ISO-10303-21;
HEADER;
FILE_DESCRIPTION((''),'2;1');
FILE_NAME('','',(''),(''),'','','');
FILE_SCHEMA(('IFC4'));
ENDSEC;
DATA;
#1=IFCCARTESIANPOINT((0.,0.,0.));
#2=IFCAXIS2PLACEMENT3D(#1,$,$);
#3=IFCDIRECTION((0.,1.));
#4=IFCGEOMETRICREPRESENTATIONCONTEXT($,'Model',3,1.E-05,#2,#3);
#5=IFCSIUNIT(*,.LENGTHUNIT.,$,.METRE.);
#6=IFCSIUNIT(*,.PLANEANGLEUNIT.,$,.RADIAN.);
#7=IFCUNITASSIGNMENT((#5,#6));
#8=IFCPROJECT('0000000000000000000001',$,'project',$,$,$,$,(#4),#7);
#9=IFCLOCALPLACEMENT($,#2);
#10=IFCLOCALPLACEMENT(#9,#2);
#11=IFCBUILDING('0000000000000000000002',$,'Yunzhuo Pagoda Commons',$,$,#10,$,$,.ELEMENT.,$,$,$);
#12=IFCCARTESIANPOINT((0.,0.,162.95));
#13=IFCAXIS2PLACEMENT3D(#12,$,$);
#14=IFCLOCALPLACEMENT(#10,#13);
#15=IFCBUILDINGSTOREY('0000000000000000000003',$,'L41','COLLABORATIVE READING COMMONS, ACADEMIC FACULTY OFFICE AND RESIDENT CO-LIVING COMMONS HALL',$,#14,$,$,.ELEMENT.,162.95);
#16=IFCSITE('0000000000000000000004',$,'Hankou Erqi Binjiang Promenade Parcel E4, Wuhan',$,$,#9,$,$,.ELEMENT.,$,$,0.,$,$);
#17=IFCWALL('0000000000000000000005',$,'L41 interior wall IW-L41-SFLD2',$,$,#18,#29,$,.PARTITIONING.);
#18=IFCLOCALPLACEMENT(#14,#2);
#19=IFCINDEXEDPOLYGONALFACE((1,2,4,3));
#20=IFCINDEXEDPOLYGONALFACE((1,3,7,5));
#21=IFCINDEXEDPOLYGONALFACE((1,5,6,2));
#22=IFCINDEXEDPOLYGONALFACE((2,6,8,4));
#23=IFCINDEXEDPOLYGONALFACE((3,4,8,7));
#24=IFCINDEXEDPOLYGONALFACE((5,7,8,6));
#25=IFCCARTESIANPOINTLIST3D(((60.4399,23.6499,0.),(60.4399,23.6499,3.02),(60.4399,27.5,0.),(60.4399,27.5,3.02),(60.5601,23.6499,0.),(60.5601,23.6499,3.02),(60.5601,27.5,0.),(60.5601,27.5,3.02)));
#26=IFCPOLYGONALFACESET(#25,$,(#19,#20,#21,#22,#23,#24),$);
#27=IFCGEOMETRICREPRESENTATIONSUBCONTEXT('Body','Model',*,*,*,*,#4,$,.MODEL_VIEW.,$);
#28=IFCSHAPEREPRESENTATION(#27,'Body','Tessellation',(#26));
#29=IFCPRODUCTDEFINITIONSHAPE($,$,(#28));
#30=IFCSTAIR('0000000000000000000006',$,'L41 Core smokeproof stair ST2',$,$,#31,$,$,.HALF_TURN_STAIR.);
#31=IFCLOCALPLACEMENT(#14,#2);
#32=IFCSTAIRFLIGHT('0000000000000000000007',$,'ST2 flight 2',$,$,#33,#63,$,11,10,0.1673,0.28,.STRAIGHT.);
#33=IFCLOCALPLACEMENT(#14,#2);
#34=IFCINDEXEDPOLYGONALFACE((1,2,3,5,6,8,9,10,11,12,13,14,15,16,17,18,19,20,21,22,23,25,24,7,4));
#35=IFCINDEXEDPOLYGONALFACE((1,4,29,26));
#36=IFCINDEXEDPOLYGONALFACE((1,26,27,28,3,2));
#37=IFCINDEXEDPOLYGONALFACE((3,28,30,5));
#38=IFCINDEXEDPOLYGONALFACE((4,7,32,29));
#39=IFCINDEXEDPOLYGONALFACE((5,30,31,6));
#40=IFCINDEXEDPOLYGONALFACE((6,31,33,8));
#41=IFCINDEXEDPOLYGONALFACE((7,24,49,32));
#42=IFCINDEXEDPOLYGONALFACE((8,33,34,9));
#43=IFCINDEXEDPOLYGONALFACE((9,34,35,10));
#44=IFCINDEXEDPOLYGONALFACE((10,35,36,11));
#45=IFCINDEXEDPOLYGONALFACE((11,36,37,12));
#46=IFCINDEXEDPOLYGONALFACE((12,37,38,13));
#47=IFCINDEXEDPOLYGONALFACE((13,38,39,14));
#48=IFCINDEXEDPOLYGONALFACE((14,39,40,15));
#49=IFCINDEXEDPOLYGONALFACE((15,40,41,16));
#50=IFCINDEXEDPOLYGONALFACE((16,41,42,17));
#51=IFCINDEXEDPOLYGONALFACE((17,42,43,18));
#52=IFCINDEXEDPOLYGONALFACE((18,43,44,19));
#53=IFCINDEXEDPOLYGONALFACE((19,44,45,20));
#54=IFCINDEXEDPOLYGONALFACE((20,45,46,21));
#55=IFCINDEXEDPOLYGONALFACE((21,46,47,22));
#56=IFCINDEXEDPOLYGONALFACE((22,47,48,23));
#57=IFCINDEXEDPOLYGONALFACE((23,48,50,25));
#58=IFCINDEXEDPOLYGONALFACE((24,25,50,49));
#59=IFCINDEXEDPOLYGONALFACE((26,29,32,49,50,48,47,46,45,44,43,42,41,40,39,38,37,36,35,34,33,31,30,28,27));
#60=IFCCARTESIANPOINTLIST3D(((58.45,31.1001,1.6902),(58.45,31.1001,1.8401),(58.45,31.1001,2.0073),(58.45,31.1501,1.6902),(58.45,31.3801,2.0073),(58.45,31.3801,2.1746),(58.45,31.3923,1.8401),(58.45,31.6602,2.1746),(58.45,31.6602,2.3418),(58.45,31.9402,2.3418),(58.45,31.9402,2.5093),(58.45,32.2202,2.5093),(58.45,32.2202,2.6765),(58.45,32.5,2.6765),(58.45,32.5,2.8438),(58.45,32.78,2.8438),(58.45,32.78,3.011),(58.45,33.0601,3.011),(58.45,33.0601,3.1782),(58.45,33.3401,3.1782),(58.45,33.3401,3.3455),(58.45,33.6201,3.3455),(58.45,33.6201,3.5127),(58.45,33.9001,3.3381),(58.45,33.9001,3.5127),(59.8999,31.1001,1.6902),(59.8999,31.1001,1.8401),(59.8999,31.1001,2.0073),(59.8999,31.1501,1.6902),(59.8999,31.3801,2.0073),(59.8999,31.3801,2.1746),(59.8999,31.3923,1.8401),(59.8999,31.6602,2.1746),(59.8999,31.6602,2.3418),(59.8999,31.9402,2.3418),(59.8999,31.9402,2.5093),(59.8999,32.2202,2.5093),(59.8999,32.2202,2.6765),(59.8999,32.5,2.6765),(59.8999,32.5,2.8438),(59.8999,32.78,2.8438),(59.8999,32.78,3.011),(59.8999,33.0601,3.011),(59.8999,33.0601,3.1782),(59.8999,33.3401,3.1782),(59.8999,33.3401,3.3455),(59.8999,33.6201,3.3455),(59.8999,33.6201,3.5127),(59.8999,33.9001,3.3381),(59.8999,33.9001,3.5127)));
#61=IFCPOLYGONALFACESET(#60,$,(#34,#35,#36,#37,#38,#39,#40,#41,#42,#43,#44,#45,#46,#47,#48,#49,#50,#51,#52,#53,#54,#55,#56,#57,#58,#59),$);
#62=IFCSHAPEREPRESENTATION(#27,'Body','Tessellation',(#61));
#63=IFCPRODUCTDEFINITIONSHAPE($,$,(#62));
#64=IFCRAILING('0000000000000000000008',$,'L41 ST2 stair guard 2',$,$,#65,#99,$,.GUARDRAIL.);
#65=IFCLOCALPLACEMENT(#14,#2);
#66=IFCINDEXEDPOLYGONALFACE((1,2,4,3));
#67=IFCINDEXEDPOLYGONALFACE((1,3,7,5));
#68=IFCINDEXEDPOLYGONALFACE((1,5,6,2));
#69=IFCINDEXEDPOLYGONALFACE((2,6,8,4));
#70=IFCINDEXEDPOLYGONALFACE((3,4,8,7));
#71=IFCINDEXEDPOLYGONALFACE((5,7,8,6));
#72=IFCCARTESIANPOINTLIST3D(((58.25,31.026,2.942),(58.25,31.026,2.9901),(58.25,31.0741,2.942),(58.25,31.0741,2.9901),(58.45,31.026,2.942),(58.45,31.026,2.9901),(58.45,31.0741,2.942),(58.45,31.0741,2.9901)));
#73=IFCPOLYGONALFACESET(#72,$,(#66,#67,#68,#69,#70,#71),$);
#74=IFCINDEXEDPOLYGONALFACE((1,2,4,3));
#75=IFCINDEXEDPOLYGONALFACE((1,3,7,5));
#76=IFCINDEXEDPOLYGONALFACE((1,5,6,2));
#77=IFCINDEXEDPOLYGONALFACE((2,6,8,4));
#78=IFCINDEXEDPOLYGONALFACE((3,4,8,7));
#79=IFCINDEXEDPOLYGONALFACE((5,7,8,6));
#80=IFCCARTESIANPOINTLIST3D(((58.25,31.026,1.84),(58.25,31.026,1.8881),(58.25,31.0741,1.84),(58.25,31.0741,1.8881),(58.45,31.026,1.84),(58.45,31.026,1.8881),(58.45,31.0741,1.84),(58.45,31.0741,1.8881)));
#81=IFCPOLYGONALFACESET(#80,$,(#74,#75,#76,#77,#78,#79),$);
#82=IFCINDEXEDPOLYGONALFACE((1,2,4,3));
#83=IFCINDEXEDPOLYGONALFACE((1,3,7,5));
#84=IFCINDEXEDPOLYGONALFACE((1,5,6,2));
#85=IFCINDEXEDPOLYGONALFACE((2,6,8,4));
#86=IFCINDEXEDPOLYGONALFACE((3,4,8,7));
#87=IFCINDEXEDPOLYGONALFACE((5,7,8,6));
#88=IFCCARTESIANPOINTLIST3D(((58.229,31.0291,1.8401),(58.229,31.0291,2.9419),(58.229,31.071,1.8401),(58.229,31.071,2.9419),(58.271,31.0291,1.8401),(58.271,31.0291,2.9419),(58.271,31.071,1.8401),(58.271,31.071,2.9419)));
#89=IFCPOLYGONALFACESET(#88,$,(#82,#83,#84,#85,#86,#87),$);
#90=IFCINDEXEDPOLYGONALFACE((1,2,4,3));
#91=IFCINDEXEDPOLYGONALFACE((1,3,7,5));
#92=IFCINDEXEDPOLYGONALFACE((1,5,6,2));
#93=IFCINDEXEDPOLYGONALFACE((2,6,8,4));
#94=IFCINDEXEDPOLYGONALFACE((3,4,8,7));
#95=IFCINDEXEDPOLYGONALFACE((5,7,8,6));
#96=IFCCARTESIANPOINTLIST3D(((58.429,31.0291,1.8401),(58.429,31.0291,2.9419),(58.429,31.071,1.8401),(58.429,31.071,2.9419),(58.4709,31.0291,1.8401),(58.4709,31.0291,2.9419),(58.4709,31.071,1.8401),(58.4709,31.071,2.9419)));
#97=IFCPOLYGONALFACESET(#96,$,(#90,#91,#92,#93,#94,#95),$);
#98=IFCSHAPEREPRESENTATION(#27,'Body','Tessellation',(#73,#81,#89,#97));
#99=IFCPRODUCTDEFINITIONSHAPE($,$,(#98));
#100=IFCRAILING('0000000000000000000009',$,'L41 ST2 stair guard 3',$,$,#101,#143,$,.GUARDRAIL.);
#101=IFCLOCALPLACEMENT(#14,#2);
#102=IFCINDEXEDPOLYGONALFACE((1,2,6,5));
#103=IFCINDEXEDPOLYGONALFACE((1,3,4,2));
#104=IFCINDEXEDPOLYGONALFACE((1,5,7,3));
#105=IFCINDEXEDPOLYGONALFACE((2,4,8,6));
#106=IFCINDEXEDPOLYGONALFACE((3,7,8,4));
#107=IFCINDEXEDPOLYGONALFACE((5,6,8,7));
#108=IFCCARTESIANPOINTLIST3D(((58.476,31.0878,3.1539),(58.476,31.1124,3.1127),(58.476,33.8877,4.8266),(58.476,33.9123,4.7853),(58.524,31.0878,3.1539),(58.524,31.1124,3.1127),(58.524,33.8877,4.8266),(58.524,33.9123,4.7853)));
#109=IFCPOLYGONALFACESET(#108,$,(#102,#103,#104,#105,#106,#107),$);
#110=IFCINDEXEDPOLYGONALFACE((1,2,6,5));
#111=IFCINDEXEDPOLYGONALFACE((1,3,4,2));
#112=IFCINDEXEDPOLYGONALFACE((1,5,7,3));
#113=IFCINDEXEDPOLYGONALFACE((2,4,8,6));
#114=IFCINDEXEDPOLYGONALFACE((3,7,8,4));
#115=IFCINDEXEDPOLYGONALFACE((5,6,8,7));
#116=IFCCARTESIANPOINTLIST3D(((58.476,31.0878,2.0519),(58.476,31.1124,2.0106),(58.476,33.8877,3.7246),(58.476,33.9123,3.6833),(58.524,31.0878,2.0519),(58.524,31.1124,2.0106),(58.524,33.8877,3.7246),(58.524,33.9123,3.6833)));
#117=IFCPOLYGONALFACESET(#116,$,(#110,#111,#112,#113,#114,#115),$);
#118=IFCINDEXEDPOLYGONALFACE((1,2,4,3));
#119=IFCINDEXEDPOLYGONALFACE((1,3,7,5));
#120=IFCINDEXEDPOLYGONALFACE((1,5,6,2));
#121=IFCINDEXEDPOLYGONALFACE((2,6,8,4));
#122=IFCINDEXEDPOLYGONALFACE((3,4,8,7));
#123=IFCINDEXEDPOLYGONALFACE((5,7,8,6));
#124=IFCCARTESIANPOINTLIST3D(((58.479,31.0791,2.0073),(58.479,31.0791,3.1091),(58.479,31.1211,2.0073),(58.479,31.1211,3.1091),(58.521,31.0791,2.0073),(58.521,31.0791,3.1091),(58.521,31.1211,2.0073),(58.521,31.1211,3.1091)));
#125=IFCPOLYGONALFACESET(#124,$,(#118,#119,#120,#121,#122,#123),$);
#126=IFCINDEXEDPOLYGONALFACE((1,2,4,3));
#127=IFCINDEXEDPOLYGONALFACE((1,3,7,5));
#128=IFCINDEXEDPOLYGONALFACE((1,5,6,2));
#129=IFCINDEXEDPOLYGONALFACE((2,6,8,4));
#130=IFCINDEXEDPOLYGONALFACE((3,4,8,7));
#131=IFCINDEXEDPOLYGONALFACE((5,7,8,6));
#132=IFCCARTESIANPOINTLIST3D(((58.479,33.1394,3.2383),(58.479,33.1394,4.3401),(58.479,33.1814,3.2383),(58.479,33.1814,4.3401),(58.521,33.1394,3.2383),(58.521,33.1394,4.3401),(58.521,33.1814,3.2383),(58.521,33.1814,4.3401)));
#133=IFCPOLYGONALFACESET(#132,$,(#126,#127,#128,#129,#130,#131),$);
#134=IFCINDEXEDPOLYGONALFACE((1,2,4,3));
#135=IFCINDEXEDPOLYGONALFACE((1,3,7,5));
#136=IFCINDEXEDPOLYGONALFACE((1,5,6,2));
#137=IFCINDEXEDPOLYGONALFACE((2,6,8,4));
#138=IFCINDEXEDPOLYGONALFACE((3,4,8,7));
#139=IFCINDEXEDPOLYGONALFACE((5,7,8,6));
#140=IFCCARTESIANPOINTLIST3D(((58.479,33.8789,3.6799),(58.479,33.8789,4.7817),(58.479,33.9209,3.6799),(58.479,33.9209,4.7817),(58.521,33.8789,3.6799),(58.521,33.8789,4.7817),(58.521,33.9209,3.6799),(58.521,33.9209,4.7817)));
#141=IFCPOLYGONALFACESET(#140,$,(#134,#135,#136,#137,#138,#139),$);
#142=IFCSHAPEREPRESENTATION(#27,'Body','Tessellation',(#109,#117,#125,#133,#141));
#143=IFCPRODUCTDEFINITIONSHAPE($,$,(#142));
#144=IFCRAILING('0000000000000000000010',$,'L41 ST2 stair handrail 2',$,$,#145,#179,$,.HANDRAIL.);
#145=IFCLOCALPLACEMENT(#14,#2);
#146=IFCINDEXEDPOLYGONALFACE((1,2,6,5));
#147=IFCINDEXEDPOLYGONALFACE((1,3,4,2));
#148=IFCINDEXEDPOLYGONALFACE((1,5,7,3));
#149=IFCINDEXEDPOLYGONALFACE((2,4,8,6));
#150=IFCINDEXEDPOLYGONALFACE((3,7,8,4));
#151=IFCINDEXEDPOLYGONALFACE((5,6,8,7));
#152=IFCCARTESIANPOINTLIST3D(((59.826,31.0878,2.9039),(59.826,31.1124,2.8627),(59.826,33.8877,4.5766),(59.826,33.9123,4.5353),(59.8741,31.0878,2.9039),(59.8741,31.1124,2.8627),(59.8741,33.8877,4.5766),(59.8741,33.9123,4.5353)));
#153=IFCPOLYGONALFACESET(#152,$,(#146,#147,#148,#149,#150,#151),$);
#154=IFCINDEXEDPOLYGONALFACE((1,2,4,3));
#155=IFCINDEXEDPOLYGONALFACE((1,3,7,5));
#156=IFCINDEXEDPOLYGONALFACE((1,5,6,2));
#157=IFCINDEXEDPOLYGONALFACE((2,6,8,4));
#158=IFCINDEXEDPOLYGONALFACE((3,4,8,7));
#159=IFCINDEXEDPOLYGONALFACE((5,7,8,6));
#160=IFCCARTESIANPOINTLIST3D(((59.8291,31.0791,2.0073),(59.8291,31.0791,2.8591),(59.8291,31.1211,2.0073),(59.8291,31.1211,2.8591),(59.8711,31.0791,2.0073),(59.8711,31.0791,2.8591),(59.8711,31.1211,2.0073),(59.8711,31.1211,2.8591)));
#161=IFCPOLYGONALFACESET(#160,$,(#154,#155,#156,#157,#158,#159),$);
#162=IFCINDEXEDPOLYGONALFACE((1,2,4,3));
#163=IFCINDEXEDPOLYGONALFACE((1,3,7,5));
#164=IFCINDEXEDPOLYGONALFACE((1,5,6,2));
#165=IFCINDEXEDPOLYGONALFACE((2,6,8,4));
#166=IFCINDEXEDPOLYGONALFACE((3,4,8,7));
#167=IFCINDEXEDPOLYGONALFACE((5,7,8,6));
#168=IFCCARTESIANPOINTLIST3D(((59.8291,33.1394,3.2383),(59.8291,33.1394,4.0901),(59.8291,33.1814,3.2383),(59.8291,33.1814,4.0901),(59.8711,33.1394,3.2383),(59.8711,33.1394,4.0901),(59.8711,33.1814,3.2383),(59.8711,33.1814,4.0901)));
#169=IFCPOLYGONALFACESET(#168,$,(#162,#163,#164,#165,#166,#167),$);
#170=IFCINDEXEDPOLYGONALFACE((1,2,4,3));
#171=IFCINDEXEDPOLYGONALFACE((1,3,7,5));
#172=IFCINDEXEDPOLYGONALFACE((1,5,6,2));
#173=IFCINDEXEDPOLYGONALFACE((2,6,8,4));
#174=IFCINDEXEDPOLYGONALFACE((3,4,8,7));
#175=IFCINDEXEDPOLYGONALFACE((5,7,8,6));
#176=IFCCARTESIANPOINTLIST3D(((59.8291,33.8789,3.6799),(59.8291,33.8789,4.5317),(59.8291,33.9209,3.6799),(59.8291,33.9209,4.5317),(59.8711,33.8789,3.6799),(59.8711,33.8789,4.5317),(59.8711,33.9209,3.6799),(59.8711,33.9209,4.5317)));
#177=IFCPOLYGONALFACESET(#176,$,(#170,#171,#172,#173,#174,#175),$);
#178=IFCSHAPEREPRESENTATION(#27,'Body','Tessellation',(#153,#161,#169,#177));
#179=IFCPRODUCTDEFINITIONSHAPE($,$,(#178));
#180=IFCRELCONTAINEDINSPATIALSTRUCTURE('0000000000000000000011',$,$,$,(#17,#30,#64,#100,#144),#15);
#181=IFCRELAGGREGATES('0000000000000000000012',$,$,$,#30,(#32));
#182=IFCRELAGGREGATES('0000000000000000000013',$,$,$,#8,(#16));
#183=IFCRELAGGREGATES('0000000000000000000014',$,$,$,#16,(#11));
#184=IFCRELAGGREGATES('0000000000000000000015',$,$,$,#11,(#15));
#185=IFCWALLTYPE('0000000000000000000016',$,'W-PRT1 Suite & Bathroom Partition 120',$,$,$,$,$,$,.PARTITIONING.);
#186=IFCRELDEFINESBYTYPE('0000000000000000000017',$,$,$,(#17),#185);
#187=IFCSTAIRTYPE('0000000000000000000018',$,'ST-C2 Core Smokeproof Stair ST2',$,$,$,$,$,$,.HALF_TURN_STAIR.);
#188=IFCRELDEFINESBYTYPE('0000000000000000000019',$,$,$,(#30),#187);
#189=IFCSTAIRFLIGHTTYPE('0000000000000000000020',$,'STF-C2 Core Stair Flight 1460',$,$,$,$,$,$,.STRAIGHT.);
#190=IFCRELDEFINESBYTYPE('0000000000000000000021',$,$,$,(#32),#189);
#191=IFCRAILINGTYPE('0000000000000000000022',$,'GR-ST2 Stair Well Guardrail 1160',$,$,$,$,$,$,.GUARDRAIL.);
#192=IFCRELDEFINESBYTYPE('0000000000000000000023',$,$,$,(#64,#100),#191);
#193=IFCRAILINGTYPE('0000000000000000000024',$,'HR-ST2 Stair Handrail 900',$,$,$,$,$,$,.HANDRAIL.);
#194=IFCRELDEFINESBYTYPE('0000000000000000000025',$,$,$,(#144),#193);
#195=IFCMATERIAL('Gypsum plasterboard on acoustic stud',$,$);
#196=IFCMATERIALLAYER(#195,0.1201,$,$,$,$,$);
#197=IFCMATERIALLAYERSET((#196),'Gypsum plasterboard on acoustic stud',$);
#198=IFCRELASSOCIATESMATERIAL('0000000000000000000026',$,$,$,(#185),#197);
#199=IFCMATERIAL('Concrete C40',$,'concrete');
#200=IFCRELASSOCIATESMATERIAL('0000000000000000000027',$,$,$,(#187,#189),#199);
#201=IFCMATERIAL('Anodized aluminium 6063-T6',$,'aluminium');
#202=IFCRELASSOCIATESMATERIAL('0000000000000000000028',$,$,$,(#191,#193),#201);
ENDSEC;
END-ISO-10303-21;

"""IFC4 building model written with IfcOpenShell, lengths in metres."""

from ifc_helpers import new_model, si_unit, direction, frame, frame_2d, origin, origin_2d, place, context, subcontext, project, spatial, polyline, rectangle, outline, extrude, source, transform, mapped, material, layer, layer_set, type_object, element, aggregate, save


model = new_model("IFC4")

# Units and contexts
model_context = context("Model", 3, precision=1e-05, world=origin(), true_north=direction((0.0, 1.0)))
body_context = subcontext(model_context, "Body", "Model", "MODEL_VIEW")
ifc_project = project(units=[si_unit("LENGTHUNIT", "METRE"), si_unit("PLANEANGLEUNIT", "RADIAN")], contexts=[model_context])

# Site, building, storey
site_placement = place(None, origin())
site = spatial("IfcSite", under=ifc_project, at=site_placement, Name="Hankou Erqi Binjiang Promenade Parcel E4, Wuhan", CompositionType="ELEMENT", RefElevation=0.0)
building_placement = place(site_placement, origin())
building = spatial("IfcBuilding", under=site, at=building_placement, Name="Yunzhuo Pagoda Commons", CompositionType="ELEMENT")
storey_placement = place(building_placement, frame((0.0, 0.0, 162.95)))
storey = spatial("IfcBuildingStorey", under=building, at=storey_placement, Name="L41", Description="COLLABORATIVE READING COMMONS, ACADEMIC FACULTY OFFICE AND RESIDENT CO-LIVING COMMONS HALL", CompositionType="ELEMENT", Elevation=162.95)

# Shared definitions
ifc_material_1 = material(Name="Anodized aluminium 6063-T6", Category="aluminium")

# Shared definitions
ifc_material_2 = material(Name="Gypsum plasterboard on acoustic stud")

# Wall
ifc_layer_1 = layer(ifc_material_2, 0.1201)
ifc_layer_set_1 = layer_set([ifc_layer_1], Name="Gypsum plasterboard on acoustic stud")
wall_type_1 = type_object("IfcWallType", Name="W-PRT1 Suite & Bathroom Partition 120", PredefinedType="PARTITIONING", material=ifc_layer_set_1)
wall_1_placement = place(storey_placement, frame((60.5, 23.6499, 0.0), z_axis=(0.0, 0.0, 1.0), x_axis=(0.0, 1.0, 0.0)))
element("IfcWall", 1, at=wall_1_placement, inside=storey, type_object=wall_type_1, Name="L41 interior wall IW-L41-SFLD2", PredefinedType="PARTITIONING", context=body_context, shape_type="SweptSolid", body=[
    extrude(rectangle(XDim=3.8501, YDim=0.1201, at=frame_2d((1.925, 0.0))), origin(), (0.0, 0.0, 1.0), 3.02),
])

# Stair, stair flight
ifc_material_3 = material(Name="Concrete C40", Category="concrete")
stair_type = type_object("IfcStairType", Name="ST-C2 Core Smokeproof Stair ST2", PredefinedType="HALF_TURN_STAIR", material=ifc_material_3)
stair_placement = place(storey_placement, origin())
stair = element("IfcStair", 2, at=stair_placement, inside=storey, type_object=stair_type, Name="L41 Core smokeproof stair ST2", PredefinedType="HALF_TURN_STAIR")
stair_flight_type = type_object("IfcStairFlightType", Name="STF-C2 Core Stair Flight 1460", PredefinedType="STRAIGHT", material=ifc_material_3)
shared_shape_1 = source(origin(), body_context, "Body", "SweptSolid", [
    extrude(outline(polyline([(0.0, -0.1499), (0.0, 0.0), (0.0, 0.1672), (0.28, 0.1672), (0.28, 0.3345), (0.5601, 0.3345), (0.5601, 0.5017), (0.8401, 0.5017), (0.8401, 0.6692), (1.1201, 0.6692), (1.1201, 0.8364), (1.3999, 0.8364), (1.3999, 1.0037), (1.6799, 1.0037), (1.6799, 1.1709), (1.96, 1.1709), (1.96, 1.3381), (2.24, 1.3381), (2.24, 1.5054), (2.52, 1.5054), (2.52, 1.6726), (2.8, 1.6726), (2.8, 1.8401), (2.8, 1.498), (0.2922, 0.0), (0.05, -0.1499), (0.0, -0.1499)])), frame((0.0, 0.7251, 0.0), z_axis=(0.0, -1.0, 0.0), x_axis=(1.0, 0.0, 0.0)), (0.0, 0.0, 1.0), 1.45),
])
stair_flight_placement = place(storey_placement, frame((59.175, 31.1001, 1.8401), z_axis=(0.0, 0.0, 1.0), x_axis=(0.0, 1.0, 0.0)))
stair_flight = element("IfcStairFlight", 3, at=stair_flight_placement, type_object=stair_flight_type, Name="ST2 flight 2", NumberOfRisers=11, NumberOfTreads=10, PredefinedType="STRAIGHT", RiserHeight=0.1673, TreadLength=0.28, context=body_context, shape_type="MappedRepresentation", body=[
    mapped(shared_shape_1, transform((0.0, 0.0, 0.0), scale=1.0)),
])
aggregate(stair, [stair_flight])

# Railings
railing_type_1 = type_object("IfcRailingType", Name="GR-ST2 Stair Well Guardrail 1160", PredefinedType="GUARDRAIL", material=ifc_material_1)
railing_1_placement = place(storey_placement, frame((58.25, 31.05, 1.8401)))
element("IfcRailing", 4, at=railing_1_placement, inside=storey, type_object=railing_type_1, Name="L41 ST2 stair guard 2", PredefinedType="GUARDRAIL", context=body_context, shape_type="SweptSolid", body=[
    extrude(rectangle(XDim=0.0481, YDim=0.0481, at=origin_2d()), frame((0.0, 0.0, 1.126), z_axis=(1.0, 0.0, 0.0), x_axis=(0.0, 1.0, 0.0)), (0.0, 0.0, 1.0), 0.2),
    extrude(rectangle(XDim=0.0481, YDim=0.0481, at=origin_2d()), frame((0.0, 0.0, 0.0239), z_axis=(1.0, 0.0, 0.0), x_axis=(0.0, 1.0, 0.0)), (0.0, 0.0, 1.0), 0.2),
    extrude(rectangle(XDim=0.042, YDim=0.042, at=origin_2d()), origin(), (0.0, 0.0, 1.0), 1.1018),
    extrude(rectangle(XDim=0.042, YDim=0.042, at=origin_2d()), frame((0.2, 0.0, 0.0)), (0.0, 0.0, 1.0), 1.1018),
])
railing_2_placement = place(storey_placement, frame((58.5, 31.1001, 2.0073)))
element("IfcRailing", 5, at=railing_2_placement, inside=storey, type_object=railing_type_1, Name="L41 ST2 stair guard 3", PredefinedType="GUARDRAIL", context=body_context, shape_type="SweptSolid", body=[
    extrude(rectangle(XDim=0.0481, YDim=0.0481, at=origin_2d()), frame((0.0, 0.0, 1.126), z_axis=(0.0, 0.858476, 0.512855), x_axis=(-1.0, 0.0, 0.0)), (0.0, 0.0, 1.0), 3.2615),
    extrude(rectangle(XDim=0.0481, YDim=0.0481, at=origin_2d()), frame((0.0, 0.0, 0.0239), z_axis=(0.0, 0.858476, 0.512855), x_axis=(-1.0, 0.0, 0.0)), (0.0, 0.0, 1.0), 3.2615),
    extrude(rectangle(XDim=0.042, YDim=0.042, at=origin_2d()), origin(), (0.0, 0.0, 1.0), 1.1018),
    extrude(rectangle(XDim=0.042, YDim=0.042, at=origin_2d()), frame((0.0, 2.0603, 1.231)), (0.0, 0.0, 1.0), 1.1018),
    extrude(rectangle(XDim=0.042, YDim=0.042, at=origin_2d()), frame((0.0, 2.7998, 1.6726)), (0.0, 0.0, 1.0), 1.1018),
])
railing_type_2 = type_object("IfcRailingType", Name="HR-ST2 Stair Handrail 900", PredefinedType="HANDRAIL", material=ifc_material_1)
railing_3_placement = place(storey_placement, frame((59.8501, 31.1001, 2.0073)))
element("IfcRailing", 6, at=railing_3_placement, inside=storey, type_object=railing_type_2, Name="L41 ST2 stair handrail 2", PredefinedType="HANDRAIL", context=body_context, shape_type="SweptSolid", body=[
    extrude(rectangle(XDim=0.0481, YDim=0.0481, at=origin_2d()), frame((0.0, 0.0, 0.876), z_axis=(0.0, 0.858476, 0.512855), x_axis=(-1.0, 0.0, 0.0)), (0.0, 0.0, 1.0), 3.2615),
    extrude(rectangle(XDim=0.042, YDim=0.042, at=origin_2d()), origin(), (0.0, 0.0, 1.0), 0.8518),
    extrude(rectangle(XDim=0.042, YDim=0.042, at=origin_2d()), frame((0.0, 2.0603, 1.231)), (0.0, 0.0, 1.0), 0.8518),
    extrude(rectangle(XDim=0.042, YDim=0.042, at=origin_2d()), frame((0.0, 2.7998, 1.6726)), (0.0, 0.0, 1.0), 0.8518),
])

save(model, "model.ifc")
